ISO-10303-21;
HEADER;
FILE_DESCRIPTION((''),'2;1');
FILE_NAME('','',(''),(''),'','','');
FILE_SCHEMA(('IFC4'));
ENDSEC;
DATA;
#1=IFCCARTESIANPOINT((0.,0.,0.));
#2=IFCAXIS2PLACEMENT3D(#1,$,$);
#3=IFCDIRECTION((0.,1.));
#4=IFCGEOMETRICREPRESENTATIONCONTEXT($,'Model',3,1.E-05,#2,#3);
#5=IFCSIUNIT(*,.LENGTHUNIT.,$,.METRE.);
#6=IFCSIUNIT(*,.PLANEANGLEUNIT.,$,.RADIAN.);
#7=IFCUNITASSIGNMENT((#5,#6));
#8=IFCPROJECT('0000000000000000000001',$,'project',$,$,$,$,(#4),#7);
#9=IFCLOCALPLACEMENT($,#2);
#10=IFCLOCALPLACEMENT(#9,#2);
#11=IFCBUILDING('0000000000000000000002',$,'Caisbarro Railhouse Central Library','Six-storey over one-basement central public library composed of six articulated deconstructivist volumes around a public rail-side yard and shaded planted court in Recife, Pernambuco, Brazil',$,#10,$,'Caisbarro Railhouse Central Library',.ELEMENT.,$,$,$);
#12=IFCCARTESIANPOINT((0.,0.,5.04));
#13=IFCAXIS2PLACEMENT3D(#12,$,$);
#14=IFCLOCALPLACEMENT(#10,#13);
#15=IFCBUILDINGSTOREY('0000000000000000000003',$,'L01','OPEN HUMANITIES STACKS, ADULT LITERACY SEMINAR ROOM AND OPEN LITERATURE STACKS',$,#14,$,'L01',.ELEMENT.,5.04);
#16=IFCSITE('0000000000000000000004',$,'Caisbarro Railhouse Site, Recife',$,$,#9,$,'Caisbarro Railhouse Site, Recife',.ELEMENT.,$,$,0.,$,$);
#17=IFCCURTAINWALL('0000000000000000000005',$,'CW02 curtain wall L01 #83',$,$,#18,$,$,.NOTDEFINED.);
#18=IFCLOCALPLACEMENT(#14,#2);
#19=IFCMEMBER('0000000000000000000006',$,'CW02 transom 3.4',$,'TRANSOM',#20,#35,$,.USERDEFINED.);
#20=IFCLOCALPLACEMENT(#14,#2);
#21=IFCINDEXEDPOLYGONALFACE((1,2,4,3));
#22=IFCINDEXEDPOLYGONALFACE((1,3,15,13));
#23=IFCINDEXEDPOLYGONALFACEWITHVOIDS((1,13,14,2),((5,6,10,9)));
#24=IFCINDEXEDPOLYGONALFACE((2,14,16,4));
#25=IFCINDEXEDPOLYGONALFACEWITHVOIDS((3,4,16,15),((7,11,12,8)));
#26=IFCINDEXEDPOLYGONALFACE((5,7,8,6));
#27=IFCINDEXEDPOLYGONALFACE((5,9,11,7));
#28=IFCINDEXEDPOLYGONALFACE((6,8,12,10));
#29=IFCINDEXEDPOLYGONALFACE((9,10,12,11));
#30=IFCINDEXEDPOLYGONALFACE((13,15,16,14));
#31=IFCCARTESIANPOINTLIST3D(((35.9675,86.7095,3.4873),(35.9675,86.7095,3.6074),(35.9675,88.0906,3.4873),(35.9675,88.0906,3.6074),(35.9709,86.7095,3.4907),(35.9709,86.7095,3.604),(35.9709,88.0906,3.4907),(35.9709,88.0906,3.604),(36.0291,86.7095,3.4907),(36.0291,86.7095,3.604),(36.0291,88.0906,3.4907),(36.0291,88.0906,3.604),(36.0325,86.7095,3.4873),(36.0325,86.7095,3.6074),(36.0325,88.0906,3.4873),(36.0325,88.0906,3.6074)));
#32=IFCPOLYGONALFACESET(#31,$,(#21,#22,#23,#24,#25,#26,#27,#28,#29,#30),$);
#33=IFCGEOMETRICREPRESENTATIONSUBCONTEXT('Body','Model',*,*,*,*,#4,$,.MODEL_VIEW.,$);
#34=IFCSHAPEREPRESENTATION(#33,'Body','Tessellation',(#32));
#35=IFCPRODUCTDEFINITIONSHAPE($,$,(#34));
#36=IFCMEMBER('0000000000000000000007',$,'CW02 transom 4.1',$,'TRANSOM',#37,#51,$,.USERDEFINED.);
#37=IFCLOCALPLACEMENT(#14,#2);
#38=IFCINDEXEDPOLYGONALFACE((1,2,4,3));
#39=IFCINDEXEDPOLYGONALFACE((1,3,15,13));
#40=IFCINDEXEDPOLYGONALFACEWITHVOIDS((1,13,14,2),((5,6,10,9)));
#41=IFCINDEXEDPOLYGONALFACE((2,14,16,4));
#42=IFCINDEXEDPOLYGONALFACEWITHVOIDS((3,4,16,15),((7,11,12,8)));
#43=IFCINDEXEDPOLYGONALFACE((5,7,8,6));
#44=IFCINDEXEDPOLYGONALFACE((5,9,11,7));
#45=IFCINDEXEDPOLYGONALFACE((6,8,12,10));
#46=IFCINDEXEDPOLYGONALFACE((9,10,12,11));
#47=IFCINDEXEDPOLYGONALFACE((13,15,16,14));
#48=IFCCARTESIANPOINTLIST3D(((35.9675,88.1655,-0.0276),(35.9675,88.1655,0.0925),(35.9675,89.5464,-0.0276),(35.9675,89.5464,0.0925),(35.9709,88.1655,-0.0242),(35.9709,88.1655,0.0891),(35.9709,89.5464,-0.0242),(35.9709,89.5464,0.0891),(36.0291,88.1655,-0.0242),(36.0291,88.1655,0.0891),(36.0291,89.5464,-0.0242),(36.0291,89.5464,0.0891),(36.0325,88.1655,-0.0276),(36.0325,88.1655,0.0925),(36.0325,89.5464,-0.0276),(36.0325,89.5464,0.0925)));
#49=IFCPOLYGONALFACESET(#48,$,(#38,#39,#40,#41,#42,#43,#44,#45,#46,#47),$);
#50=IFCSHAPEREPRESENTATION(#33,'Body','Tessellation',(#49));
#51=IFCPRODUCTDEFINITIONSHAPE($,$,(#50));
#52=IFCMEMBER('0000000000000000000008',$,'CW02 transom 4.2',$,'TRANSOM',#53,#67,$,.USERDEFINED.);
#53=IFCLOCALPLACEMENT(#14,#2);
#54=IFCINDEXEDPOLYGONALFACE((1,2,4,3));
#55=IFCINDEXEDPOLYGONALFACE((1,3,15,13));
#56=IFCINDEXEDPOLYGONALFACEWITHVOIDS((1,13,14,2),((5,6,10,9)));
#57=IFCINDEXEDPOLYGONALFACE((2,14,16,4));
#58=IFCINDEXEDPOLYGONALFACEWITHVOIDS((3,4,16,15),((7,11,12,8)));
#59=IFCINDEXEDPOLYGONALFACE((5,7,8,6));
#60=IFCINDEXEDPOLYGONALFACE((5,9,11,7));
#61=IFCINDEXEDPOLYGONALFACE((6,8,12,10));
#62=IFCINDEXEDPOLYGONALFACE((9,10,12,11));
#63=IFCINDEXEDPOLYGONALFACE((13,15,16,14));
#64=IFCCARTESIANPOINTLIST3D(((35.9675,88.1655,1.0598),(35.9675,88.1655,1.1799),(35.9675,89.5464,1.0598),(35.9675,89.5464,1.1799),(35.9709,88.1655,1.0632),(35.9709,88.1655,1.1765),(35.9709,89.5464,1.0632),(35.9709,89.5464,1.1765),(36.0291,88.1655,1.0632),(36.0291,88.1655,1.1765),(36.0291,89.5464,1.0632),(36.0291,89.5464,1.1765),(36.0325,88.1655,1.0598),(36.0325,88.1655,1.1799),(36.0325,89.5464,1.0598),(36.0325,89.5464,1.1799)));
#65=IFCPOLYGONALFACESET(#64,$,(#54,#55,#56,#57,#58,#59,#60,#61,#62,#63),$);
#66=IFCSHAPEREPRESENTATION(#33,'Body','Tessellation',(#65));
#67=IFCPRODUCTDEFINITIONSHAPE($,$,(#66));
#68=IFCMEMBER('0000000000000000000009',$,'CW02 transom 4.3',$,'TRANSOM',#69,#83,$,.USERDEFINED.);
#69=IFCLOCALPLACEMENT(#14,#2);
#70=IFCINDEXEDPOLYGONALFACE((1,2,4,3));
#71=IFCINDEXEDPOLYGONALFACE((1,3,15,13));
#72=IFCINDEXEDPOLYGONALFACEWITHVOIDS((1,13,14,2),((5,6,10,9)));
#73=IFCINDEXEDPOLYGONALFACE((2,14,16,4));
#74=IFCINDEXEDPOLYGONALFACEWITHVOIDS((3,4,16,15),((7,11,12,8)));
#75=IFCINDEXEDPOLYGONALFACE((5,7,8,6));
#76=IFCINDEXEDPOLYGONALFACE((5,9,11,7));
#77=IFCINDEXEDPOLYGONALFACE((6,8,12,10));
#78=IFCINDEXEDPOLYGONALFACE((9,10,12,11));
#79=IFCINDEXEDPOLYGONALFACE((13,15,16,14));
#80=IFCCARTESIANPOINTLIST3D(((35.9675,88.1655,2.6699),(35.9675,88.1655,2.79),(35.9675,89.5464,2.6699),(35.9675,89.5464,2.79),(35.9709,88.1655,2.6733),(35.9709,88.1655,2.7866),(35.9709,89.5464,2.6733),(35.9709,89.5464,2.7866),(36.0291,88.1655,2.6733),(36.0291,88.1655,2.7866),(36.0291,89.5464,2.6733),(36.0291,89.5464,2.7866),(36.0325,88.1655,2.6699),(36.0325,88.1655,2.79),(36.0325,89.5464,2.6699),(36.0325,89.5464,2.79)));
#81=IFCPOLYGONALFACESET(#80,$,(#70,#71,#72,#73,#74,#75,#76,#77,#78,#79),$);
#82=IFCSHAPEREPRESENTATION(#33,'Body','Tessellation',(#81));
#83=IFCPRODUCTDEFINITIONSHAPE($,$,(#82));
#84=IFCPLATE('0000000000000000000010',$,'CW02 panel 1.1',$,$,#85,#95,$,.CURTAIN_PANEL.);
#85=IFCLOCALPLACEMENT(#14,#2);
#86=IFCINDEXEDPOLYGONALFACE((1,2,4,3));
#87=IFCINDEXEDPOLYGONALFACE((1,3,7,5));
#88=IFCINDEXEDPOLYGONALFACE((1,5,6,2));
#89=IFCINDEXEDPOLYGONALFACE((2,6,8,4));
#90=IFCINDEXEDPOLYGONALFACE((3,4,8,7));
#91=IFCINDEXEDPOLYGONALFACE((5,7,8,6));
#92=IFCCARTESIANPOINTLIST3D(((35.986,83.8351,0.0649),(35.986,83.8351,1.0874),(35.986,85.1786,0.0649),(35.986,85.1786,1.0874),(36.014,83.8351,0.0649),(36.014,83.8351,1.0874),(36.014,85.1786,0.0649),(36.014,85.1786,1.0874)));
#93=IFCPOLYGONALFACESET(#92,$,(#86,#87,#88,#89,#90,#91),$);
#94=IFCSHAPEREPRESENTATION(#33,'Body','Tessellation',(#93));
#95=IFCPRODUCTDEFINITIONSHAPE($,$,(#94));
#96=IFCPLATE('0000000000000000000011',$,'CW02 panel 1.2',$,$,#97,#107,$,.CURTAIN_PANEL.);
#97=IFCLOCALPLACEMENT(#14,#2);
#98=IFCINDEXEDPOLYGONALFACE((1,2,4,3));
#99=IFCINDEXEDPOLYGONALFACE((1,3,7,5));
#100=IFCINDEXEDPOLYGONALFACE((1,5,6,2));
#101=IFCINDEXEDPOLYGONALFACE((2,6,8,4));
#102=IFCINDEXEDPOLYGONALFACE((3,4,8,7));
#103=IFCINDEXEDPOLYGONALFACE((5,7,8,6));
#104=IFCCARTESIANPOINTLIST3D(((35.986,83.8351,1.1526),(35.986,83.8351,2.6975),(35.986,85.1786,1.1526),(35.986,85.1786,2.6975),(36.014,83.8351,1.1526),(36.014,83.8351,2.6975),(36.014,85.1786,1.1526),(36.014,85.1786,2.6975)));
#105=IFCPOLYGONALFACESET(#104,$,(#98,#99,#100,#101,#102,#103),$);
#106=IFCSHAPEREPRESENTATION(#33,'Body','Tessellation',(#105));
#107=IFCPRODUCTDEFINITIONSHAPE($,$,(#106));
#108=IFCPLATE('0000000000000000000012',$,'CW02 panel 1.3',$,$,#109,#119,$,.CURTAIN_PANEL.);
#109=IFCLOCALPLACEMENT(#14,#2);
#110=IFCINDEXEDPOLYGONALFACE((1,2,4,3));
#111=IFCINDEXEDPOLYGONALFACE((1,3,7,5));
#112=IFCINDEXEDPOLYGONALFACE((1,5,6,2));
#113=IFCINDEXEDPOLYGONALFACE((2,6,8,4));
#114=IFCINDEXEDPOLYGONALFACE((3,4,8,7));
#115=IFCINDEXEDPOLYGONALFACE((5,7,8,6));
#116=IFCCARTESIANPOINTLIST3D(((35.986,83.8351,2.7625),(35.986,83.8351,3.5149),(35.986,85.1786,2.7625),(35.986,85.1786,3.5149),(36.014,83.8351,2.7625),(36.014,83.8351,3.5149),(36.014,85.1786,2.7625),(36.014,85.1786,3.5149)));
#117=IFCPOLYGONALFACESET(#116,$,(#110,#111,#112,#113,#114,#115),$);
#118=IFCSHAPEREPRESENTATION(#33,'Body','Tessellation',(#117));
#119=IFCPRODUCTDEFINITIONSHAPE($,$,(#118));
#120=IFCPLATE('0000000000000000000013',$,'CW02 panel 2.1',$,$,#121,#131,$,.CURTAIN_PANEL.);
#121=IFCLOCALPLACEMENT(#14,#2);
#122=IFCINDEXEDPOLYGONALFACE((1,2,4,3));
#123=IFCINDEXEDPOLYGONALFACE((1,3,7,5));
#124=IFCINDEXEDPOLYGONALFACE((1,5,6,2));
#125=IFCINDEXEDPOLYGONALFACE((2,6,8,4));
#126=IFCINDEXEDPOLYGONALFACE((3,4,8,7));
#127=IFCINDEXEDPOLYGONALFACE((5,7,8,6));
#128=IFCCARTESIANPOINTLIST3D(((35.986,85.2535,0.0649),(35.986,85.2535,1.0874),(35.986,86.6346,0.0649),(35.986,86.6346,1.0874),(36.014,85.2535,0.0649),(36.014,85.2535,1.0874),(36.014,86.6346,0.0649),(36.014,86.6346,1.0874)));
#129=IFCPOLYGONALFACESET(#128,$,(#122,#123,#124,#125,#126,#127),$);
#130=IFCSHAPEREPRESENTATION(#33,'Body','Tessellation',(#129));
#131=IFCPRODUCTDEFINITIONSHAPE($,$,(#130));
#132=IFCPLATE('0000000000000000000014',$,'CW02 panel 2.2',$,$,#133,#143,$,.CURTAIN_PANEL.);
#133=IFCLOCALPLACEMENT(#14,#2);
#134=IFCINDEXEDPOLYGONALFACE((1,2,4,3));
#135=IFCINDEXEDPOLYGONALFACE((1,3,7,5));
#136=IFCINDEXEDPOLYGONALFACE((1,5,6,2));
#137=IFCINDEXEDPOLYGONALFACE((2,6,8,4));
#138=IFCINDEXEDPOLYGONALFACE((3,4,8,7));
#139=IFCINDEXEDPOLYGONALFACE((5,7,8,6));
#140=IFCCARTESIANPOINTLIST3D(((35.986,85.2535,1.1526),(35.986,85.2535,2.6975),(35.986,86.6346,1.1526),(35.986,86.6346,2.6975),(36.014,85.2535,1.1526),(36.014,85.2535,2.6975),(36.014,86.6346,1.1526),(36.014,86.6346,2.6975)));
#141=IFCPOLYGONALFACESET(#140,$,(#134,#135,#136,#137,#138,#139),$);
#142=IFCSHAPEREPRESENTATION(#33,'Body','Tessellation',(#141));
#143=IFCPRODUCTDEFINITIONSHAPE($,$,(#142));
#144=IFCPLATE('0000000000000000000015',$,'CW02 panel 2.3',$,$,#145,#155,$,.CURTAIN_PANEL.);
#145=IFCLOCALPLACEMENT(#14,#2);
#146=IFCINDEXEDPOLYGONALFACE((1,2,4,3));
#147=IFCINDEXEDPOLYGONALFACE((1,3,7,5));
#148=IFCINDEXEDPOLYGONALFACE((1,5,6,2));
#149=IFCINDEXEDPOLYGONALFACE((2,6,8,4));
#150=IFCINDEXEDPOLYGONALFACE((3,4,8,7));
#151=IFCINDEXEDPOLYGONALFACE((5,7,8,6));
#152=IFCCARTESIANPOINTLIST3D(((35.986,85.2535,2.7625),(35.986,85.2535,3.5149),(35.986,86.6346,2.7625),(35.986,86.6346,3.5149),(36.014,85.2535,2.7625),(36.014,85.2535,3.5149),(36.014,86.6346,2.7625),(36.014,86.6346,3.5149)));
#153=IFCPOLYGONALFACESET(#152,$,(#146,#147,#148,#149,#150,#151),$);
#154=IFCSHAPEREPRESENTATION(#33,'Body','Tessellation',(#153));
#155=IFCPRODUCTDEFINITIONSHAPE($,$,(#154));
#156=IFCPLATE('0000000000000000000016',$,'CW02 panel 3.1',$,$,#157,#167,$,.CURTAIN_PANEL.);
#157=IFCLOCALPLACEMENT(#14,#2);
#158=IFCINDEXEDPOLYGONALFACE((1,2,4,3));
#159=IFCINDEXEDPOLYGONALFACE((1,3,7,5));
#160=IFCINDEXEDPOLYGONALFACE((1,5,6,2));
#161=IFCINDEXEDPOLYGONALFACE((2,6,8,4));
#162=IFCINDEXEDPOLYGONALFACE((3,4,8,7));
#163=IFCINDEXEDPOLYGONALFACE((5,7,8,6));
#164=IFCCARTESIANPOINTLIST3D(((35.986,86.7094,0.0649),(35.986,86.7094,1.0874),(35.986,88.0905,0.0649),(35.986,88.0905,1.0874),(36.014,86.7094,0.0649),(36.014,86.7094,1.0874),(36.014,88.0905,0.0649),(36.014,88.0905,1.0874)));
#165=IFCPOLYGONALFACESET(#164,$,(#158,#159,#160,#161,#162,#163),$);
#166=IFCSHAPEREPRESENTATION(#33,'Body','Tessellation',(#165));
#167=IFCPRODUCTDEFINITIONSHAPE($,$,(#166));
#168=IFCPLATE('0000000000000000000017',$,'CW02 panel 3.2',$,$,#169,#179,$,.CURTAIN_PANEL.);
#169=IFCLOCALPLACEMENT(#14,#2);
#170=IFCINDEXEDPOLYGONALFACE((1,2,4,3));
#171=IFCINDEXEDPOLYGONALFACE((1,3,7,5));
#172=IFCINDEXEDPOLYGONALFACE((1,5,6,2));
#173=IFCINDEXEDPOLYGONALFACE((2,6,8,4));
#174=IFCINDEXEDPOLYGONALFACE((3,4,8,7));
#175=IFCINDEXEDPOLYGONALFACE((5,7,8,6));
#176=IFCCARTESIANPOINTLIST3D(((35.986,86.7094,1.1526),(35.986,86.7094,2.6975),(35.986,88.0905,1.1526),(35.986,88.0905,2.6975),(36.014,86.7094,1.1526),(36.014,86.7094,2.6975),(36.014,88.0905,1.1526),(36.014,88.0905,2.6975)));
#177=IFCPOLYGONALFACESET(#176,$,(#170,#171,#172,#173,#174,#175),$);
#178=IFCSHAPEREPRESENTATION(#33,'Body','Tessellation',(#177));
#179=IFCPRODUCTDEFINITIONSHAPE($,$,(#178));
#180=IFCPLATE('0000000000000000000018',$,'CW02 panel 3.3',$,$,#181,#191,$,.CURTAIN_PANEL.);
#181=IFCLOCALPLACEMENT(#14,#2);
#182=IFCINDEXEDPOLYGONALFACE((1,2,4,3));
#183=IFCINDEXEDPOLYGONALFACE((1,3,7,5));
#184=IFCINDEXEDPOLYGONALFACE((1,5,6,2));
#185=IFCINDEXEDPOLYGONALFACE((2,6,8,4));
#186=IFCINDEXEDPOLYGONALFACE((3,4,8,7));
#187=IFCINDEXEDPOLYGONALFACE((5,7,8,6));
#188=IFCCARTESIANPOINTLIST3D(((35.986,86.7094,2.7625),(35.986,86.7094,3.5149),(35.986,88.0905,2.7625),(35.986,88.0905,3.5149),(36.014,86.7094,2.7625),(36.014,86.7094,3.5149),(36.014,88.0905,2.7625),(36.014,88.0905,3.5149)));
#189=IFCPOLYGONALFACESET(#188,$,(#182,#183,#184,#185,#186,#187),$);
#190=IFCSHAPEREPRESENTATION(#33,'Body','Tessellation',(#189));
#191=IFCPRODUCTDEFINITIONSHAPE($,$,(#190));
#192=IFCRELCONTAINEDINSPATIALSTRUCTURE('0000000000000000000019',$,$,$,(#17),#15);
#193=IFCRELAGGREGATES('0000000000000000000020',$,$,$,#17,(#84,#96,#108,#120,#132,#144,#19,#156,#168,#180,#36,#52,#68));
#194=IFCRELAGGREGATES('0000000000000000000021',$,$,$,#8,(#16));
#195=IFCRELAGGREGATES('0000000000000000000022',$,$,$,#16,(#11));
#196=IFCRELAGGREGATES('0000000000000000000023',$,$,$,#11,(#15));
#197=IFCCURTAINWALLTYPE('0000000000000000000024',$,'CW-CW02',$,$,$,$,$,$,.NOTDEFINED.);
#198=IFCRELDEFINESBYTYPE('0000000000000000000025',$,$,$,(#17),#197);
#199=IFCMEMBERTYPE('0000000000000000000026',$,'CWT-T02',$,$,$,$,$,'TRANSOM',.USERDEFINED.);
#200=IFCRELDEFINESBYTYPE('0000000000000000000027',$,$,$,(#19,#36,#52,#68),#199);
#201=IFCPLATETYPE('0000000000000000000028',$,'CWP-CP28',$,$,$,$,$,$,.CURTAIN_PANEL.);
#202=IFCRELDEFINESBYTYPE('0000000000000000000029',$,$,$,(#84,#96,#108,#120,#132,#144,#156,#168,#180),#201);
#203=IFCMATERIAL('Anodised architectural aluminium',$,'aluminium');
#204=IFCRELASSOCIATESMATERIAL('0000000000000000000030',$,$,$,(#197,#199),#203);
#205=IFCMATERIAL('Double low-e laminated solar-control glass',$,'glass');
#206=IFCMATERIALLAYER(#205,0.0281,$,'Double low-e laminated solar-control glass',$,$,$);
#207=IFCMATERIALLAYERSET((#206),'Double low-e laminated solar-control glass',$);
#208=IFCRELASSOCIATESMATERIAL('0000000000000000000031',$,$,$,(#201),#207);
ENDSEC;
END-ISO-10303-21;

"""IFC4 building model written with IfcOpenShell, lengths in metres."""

from ifc_helpers import new_model, si_unit, direction, frame, origin, origin_2d, place, context, subcontext, project, spatial, rectangle, hollow_rectangle, extrude, material, layer, layer_set, material_profile, profile_set, type_object, element, aggregate, save


model = new_model("IFC4")

# Units and contexts
model_context = context("Model", 3, precision=1e-05, world=origin(), true_north=direction((0.0, 1.0)))
body_context = subcontext(model_context, "Body", "Model", "MODEL_VIEW")
ifc_project = project(units=[si_unit("LENGTHUNIT", "METRE"), si_unit("PLANEANGLEUNIT", "RADIAN")], contexts=[model_context])

# Site, building, storey
site_placement = place(None, origin())
site = spatial("IfcSite", under=ifc_project, at=site_placement, Name="Caisbarro Railhouse Site, Recife", LongName="Caisbarro Railhouse Site, Recife", CompositionType="ELEMENT", RefElevation=0.0)
building_placement = place(site_placement, origin())
building = spatial("IfcBuilding", under=site, at=building_placement, Name="Caisbarro Railhouse Central Library", Description="Six-storey over one-basement central public library composed of six articulated deconstructivist volumes around a public rail-side yard and shaded planted court in Recife, Pernambuco, Brazil", LongName="Caisbarro Railhouse Central Library", CompositionType="ELEMENT")
storey_placement = place(building_placement, frame((0.0, 0.0, 5.04)))
storey = spatial("IfcBuildingStorey", under=building, at=storey_placement, Name="L01", Description="OPEN HUMANITIES STACKS, ADULT LITERACY SEMINAR ROOM AND OPEN LITERATURE STACKS", LongName="L01", CompositionType="ELEMENT", Elevation=5.04)

# Curtain wall
ifc_material_1 = material(Name="Anodised architectural aluminium", Category="aluminium")
curtain_wall_type = type_object("IfcCurtainWallType", Name="CW-CW02", PredefinedType="NOTDEFINED", material=ifc_material_1)
curtain_wall_1_placement = place(storey_placement, origin())
curtain_wall_1 = element("IfcCurtainWall", 1, at=curtain_wall_1_placement, inside=storey, type_object=curtain_wall_type, Name="CW02 curtain wall L01 #83", PredefinedType="NOTDEFINED")

# Members
ifc_material_profile_1 = material_profile(ifc_material_1, hollow_rectangle(XDim=0.0649, YDim=0.1201, WallThickness=0.0034, at=origin_2d()), Name="ALU-TRN-65X120")
ifc_profile_set_1 = profile_set([ifc_material_profile_1], Name="Anodised architectural aluminium")
member_type_1 = type_object("IfcMemberType", Name="CWT-T02", ElementType="TRANSOM", PredefinedType="USERDEFINED", material=ifc_profile_set_1)
member_1_placement = place(storey_placement, frame((36.0, 86.7095, 3.5474), z_axis=(0.0, 1.0, 0.0), x_axis=(-1.0, 0.0, 0.0)))
member_1 = element("IfcMember", 2, at=member_1_placement, type_object=member_type_1, Name="CW02 transom 3.4", ObjectType="TRANSOM", PredefinedType="USERDEFINED", context=body_context, shape_type="SweptSolid", body=[
    extrude(hollow_rectangle(XDim=0.0649, YDim=0.1201, WallThickness=0.0034, at=origin_2d()), origin(), (0.0, 0.0, 1.0), 1.3811),
])
member_2_placement = place(storey_placement, frame((36.0, 88.1655, 0.0325), z_axis=(0.0, 1.0, 0.0), x_axis=(-1.0, 0.0, 0.0)))
member_2 = element("IfcMember", 3, at=member_2_placement, type_object=member_type_1, Name="CW02 transom 4.1", ObjectType="TRANSOM", PredefinedType="USERDEFINED", context=body_context, shape_type="SweptSolid", body=[
    extrude(hollow_rectangle(XDim=0.0649, YDim=0.1201, WallThickness=0.0034, at=origin_2d()), origin(), (0.0, 0.0, 1.0), 1.3809),
])
member_3_placement = place(storey_placement, frame((36.0, 88.1655, 1.1199), z_axis=(0.0, 1.0, 0.0), x_axis=(-1.0, 0.0, 0.0)))
member_3 = element("IfcMember", 4, at=member_3_placement, type_object=member_type_1, Name="CW02 transom 4.2", ObjectType="TRANSOM", PredefinedType="USERDEFINED", context=body_context, shape_type="SweptSolid", body=[
    extrude(hollow_rectangle(XDim=0.0649, YDim=0.1201, WallThickness=0.0034, at=origin_2d()), origin(), (0.0, 0.0, 1.0), 1.3809),
])
member_4_placement = place(storey_placement, frame((36.0, 88.1655, 2.73), z_axis=(0.0, 1.0, 0.0), x_axis=(-1.0, 0.0, 0.0)))
member_4 = element("IfcMember", 5, at=member_4_placement, type_object=member_type_1, Name="CW02 transom 4.3", ObjectType="TRANSOM", PredefinedType="USERDEFINED", context=body_context, shape_type="SweptSolid", body=[
    extrude(hollow_rectangle(XDim=0.0649, YDim=0.1201, WallThickness=0.0034, at=origin_2d()), origin(), (0.0, 0.0, 1.0), 1.3809),
])

# Plates
ifc_material_2 = material(Name="Double low-e laminated solar-control glass", Category="glass")
ifc_layer_1 = layer(ifc_material_2, 0.0281, Name="Double low-e laminated solar-control glass")
ifc_layer_set_1 = layer_set([ifc_layer_1], Name="Double low-e laminated solar-control glass")
plate_type_1 = type_object("IfcPlateType", Name="CWP-CP28", PredefinedType="CURTAIN_PANEL", material=ifc_layer_set_1)
plate_1_placement = place(storey_placement, frame((36.0, 84.5068, 0.0649), z_axis=(0.0, 0.0, 1.0), x_axis=(0.0, 1.0, 0.0)))
plate_1 = element("IfcPlate", 6, at=plate_1_placement, type_object=plate_type_1, Name="CW02 panel 1.1", PredefinedType="CURTAIN_PANEL", context=body_context, shape_type="SweptSolid", body=[
    extrude(rectangle(XDim=1.3435, YDim=0.0281, at=origin_2d()), origin(), (0.0, 0.0, 1.0), 1.0225),
])
plate_2_placement = place(storey_placement, frame((36.0, 84.5068, 1.1526), z_axis=(0.0, 0.0, 1.0), x_axis=(0.0, 1.0, 0.0)))
plate_2 = element("IfcPlate", 7, at=plate_2_placement, type_object=plate_type_1, Name="CW02 panel 1.2", PredefinedType="CURTAIN_PANEL", context=body_context, shape_type="SweptSolid", body=[
    extrude(rectangle(XDim=1.3435, YDim=0.0281, at=origin_2d()), origin(), (0.0, 0.0, 1.0), 1.5449),
])
plate_3_placement = place(storey_placement, frame((36.0, 84.5068, 2.7625), z_axis=(0.0, 0.0, 1.0), x_axis=(0.0, 1.0, 0.0)))
plate_3 = element("IfcPlate", 8, at=plate_3_placement, type_object=plate_type_1, Name="CW02 panel 1.3", PredefinedType="CURTAIN_PANEL", context=body_context, shape_type="SweptSolid", body=[
    extrude(rectangle(XDim=1.3435, YDim=0.0281, at=origin_2d()), origin(), (0.0, 0.0, 1.0), 0.7524),
])
plate_4_placement = place(storey_placement, frame((36.0, 85.9441, 0.0649), z_axis=(0.0, 0.0, 1.0), x_axis=(0.0, 1.0, 0.0)))
plate_4 = element("IfcPlate", 9, at=plate_4_placement, type_object=plate_type_1, Name="CW02 panel 2.1", PredefinedType="CURTAIN_PANEL", context=body_context, shape_type="SweptSolid", body=[
    extrude(rectangle(XDim=1.3811, YDim=0.0281, at=origin_2d()), origin(), (0.0, 0.0, 1.0), 1.0225),
])
plate_5_placement = place(storey_placement, frame((36.0, 85.9441, 1.1526), z_axis=(0.0, 0.0, 1.0), x_axis=(0.0, 1.0, 0.0)))
plate_5 = element("IfcPlate", 10, at=plate_5_placement, type_object=plate_type_1, Name="CW02 panel 2.2", PredefinedType="CURTAIN_PANEL", context=body_context, shape_type="SweptSolid", body=[
    extrude(rectangle(XDim=1.3811, YDim=0.0281, at=origin_2d()), origin(), (0.0, 0.0, 1.0), 1.5449),
])
plate_6_placement = place(storey_placement, frame((36.0, 85.9441, 2.7625), z_axis=(0.0, 0.0, 1.0), x_axis=(0.0, 1.0, 0.0)))
plate_6 = element("IfcPlate", 11, at=plate_6_placement, type_object=plate_type_1, Name="CW02 panel 2.3", PredefinedType="CURTAIN_PANEL", context=body_context, shape_type="SweptSolid", body=[
    extrude(rectangle(XDim=1.3811, YDim=0.0281, at=origin_2d()), origin(), (0.0, 0.0, 1.0), 0.7524),
])
plate_7_placement = place(storey_placement, frame((36.0, 87.3999, 0.0649), z_axis=(0.0, 0.0, 1.0), x_axis=(0.0, 1.0, 0.0)))
plate_7 = element("IfcPlate", 12, at=plate_7_placement, type_object=plate_type_1, Name="CW02 panel 3.1", PredefinedType="CURTAIN_PANEL", context=body_context, shape_type="SweptSolid", body=[
    extrude(rectangle(XDim=1.3811, YDim=0.0281, at=origin_2d()), origin(), (0.0, 0.0, 1.0), 1.0225),
])
plate_8_placement = place(storey_placement, frame((36.0, 87.3999, 1.1526), z_axis=(0.0, 0.0, 1.0), x_axis=(0.0, 1.0, 0.0)))
plate_8 = element("IfcPlate", 13, at=plate_8_placement, type_object=plate_type_1, Name="CW02 panel 3.2", PredefinedType="CURTAIN_PANEL", context=body_context, shape_type="SweptSolid", body=[
    extrude(rectangle(XDim=1.3811, YDim=0.0281, at=origin_2d()), origin(), (0.0, 0.0, 1.0), 1.5449),
])
plate_9_placement = place(storey_placement, frame((36.0, 87.3999, 2.7625), z_axis=(0.0, 0.0, 1.0), x_axis=(0.0, 1.0, 0.0)))
plate_9 = element("IfcPlate", 14, at=plate_9_placement, type_object=plate_type_1, Name="CW02 panel 3.3", PredefinedType="CURTAIN_PANEL", context=body_context, shape_type="SweptSolid", body=[
    extrude(rectangle(XDim=1.3811, YDim=0.0281, at=origin_2d()), origin(), (0.0, 0.0, 1.0), 0.7524),
])
aggregate(curtain_wall_1, [plate_1, plate_2, plate_3, plate_4, plate_5, plate_6, member_1, plate_7, plate_8, plate_9, member_2, member_3, member_4])

save(model, "model.ifc")
